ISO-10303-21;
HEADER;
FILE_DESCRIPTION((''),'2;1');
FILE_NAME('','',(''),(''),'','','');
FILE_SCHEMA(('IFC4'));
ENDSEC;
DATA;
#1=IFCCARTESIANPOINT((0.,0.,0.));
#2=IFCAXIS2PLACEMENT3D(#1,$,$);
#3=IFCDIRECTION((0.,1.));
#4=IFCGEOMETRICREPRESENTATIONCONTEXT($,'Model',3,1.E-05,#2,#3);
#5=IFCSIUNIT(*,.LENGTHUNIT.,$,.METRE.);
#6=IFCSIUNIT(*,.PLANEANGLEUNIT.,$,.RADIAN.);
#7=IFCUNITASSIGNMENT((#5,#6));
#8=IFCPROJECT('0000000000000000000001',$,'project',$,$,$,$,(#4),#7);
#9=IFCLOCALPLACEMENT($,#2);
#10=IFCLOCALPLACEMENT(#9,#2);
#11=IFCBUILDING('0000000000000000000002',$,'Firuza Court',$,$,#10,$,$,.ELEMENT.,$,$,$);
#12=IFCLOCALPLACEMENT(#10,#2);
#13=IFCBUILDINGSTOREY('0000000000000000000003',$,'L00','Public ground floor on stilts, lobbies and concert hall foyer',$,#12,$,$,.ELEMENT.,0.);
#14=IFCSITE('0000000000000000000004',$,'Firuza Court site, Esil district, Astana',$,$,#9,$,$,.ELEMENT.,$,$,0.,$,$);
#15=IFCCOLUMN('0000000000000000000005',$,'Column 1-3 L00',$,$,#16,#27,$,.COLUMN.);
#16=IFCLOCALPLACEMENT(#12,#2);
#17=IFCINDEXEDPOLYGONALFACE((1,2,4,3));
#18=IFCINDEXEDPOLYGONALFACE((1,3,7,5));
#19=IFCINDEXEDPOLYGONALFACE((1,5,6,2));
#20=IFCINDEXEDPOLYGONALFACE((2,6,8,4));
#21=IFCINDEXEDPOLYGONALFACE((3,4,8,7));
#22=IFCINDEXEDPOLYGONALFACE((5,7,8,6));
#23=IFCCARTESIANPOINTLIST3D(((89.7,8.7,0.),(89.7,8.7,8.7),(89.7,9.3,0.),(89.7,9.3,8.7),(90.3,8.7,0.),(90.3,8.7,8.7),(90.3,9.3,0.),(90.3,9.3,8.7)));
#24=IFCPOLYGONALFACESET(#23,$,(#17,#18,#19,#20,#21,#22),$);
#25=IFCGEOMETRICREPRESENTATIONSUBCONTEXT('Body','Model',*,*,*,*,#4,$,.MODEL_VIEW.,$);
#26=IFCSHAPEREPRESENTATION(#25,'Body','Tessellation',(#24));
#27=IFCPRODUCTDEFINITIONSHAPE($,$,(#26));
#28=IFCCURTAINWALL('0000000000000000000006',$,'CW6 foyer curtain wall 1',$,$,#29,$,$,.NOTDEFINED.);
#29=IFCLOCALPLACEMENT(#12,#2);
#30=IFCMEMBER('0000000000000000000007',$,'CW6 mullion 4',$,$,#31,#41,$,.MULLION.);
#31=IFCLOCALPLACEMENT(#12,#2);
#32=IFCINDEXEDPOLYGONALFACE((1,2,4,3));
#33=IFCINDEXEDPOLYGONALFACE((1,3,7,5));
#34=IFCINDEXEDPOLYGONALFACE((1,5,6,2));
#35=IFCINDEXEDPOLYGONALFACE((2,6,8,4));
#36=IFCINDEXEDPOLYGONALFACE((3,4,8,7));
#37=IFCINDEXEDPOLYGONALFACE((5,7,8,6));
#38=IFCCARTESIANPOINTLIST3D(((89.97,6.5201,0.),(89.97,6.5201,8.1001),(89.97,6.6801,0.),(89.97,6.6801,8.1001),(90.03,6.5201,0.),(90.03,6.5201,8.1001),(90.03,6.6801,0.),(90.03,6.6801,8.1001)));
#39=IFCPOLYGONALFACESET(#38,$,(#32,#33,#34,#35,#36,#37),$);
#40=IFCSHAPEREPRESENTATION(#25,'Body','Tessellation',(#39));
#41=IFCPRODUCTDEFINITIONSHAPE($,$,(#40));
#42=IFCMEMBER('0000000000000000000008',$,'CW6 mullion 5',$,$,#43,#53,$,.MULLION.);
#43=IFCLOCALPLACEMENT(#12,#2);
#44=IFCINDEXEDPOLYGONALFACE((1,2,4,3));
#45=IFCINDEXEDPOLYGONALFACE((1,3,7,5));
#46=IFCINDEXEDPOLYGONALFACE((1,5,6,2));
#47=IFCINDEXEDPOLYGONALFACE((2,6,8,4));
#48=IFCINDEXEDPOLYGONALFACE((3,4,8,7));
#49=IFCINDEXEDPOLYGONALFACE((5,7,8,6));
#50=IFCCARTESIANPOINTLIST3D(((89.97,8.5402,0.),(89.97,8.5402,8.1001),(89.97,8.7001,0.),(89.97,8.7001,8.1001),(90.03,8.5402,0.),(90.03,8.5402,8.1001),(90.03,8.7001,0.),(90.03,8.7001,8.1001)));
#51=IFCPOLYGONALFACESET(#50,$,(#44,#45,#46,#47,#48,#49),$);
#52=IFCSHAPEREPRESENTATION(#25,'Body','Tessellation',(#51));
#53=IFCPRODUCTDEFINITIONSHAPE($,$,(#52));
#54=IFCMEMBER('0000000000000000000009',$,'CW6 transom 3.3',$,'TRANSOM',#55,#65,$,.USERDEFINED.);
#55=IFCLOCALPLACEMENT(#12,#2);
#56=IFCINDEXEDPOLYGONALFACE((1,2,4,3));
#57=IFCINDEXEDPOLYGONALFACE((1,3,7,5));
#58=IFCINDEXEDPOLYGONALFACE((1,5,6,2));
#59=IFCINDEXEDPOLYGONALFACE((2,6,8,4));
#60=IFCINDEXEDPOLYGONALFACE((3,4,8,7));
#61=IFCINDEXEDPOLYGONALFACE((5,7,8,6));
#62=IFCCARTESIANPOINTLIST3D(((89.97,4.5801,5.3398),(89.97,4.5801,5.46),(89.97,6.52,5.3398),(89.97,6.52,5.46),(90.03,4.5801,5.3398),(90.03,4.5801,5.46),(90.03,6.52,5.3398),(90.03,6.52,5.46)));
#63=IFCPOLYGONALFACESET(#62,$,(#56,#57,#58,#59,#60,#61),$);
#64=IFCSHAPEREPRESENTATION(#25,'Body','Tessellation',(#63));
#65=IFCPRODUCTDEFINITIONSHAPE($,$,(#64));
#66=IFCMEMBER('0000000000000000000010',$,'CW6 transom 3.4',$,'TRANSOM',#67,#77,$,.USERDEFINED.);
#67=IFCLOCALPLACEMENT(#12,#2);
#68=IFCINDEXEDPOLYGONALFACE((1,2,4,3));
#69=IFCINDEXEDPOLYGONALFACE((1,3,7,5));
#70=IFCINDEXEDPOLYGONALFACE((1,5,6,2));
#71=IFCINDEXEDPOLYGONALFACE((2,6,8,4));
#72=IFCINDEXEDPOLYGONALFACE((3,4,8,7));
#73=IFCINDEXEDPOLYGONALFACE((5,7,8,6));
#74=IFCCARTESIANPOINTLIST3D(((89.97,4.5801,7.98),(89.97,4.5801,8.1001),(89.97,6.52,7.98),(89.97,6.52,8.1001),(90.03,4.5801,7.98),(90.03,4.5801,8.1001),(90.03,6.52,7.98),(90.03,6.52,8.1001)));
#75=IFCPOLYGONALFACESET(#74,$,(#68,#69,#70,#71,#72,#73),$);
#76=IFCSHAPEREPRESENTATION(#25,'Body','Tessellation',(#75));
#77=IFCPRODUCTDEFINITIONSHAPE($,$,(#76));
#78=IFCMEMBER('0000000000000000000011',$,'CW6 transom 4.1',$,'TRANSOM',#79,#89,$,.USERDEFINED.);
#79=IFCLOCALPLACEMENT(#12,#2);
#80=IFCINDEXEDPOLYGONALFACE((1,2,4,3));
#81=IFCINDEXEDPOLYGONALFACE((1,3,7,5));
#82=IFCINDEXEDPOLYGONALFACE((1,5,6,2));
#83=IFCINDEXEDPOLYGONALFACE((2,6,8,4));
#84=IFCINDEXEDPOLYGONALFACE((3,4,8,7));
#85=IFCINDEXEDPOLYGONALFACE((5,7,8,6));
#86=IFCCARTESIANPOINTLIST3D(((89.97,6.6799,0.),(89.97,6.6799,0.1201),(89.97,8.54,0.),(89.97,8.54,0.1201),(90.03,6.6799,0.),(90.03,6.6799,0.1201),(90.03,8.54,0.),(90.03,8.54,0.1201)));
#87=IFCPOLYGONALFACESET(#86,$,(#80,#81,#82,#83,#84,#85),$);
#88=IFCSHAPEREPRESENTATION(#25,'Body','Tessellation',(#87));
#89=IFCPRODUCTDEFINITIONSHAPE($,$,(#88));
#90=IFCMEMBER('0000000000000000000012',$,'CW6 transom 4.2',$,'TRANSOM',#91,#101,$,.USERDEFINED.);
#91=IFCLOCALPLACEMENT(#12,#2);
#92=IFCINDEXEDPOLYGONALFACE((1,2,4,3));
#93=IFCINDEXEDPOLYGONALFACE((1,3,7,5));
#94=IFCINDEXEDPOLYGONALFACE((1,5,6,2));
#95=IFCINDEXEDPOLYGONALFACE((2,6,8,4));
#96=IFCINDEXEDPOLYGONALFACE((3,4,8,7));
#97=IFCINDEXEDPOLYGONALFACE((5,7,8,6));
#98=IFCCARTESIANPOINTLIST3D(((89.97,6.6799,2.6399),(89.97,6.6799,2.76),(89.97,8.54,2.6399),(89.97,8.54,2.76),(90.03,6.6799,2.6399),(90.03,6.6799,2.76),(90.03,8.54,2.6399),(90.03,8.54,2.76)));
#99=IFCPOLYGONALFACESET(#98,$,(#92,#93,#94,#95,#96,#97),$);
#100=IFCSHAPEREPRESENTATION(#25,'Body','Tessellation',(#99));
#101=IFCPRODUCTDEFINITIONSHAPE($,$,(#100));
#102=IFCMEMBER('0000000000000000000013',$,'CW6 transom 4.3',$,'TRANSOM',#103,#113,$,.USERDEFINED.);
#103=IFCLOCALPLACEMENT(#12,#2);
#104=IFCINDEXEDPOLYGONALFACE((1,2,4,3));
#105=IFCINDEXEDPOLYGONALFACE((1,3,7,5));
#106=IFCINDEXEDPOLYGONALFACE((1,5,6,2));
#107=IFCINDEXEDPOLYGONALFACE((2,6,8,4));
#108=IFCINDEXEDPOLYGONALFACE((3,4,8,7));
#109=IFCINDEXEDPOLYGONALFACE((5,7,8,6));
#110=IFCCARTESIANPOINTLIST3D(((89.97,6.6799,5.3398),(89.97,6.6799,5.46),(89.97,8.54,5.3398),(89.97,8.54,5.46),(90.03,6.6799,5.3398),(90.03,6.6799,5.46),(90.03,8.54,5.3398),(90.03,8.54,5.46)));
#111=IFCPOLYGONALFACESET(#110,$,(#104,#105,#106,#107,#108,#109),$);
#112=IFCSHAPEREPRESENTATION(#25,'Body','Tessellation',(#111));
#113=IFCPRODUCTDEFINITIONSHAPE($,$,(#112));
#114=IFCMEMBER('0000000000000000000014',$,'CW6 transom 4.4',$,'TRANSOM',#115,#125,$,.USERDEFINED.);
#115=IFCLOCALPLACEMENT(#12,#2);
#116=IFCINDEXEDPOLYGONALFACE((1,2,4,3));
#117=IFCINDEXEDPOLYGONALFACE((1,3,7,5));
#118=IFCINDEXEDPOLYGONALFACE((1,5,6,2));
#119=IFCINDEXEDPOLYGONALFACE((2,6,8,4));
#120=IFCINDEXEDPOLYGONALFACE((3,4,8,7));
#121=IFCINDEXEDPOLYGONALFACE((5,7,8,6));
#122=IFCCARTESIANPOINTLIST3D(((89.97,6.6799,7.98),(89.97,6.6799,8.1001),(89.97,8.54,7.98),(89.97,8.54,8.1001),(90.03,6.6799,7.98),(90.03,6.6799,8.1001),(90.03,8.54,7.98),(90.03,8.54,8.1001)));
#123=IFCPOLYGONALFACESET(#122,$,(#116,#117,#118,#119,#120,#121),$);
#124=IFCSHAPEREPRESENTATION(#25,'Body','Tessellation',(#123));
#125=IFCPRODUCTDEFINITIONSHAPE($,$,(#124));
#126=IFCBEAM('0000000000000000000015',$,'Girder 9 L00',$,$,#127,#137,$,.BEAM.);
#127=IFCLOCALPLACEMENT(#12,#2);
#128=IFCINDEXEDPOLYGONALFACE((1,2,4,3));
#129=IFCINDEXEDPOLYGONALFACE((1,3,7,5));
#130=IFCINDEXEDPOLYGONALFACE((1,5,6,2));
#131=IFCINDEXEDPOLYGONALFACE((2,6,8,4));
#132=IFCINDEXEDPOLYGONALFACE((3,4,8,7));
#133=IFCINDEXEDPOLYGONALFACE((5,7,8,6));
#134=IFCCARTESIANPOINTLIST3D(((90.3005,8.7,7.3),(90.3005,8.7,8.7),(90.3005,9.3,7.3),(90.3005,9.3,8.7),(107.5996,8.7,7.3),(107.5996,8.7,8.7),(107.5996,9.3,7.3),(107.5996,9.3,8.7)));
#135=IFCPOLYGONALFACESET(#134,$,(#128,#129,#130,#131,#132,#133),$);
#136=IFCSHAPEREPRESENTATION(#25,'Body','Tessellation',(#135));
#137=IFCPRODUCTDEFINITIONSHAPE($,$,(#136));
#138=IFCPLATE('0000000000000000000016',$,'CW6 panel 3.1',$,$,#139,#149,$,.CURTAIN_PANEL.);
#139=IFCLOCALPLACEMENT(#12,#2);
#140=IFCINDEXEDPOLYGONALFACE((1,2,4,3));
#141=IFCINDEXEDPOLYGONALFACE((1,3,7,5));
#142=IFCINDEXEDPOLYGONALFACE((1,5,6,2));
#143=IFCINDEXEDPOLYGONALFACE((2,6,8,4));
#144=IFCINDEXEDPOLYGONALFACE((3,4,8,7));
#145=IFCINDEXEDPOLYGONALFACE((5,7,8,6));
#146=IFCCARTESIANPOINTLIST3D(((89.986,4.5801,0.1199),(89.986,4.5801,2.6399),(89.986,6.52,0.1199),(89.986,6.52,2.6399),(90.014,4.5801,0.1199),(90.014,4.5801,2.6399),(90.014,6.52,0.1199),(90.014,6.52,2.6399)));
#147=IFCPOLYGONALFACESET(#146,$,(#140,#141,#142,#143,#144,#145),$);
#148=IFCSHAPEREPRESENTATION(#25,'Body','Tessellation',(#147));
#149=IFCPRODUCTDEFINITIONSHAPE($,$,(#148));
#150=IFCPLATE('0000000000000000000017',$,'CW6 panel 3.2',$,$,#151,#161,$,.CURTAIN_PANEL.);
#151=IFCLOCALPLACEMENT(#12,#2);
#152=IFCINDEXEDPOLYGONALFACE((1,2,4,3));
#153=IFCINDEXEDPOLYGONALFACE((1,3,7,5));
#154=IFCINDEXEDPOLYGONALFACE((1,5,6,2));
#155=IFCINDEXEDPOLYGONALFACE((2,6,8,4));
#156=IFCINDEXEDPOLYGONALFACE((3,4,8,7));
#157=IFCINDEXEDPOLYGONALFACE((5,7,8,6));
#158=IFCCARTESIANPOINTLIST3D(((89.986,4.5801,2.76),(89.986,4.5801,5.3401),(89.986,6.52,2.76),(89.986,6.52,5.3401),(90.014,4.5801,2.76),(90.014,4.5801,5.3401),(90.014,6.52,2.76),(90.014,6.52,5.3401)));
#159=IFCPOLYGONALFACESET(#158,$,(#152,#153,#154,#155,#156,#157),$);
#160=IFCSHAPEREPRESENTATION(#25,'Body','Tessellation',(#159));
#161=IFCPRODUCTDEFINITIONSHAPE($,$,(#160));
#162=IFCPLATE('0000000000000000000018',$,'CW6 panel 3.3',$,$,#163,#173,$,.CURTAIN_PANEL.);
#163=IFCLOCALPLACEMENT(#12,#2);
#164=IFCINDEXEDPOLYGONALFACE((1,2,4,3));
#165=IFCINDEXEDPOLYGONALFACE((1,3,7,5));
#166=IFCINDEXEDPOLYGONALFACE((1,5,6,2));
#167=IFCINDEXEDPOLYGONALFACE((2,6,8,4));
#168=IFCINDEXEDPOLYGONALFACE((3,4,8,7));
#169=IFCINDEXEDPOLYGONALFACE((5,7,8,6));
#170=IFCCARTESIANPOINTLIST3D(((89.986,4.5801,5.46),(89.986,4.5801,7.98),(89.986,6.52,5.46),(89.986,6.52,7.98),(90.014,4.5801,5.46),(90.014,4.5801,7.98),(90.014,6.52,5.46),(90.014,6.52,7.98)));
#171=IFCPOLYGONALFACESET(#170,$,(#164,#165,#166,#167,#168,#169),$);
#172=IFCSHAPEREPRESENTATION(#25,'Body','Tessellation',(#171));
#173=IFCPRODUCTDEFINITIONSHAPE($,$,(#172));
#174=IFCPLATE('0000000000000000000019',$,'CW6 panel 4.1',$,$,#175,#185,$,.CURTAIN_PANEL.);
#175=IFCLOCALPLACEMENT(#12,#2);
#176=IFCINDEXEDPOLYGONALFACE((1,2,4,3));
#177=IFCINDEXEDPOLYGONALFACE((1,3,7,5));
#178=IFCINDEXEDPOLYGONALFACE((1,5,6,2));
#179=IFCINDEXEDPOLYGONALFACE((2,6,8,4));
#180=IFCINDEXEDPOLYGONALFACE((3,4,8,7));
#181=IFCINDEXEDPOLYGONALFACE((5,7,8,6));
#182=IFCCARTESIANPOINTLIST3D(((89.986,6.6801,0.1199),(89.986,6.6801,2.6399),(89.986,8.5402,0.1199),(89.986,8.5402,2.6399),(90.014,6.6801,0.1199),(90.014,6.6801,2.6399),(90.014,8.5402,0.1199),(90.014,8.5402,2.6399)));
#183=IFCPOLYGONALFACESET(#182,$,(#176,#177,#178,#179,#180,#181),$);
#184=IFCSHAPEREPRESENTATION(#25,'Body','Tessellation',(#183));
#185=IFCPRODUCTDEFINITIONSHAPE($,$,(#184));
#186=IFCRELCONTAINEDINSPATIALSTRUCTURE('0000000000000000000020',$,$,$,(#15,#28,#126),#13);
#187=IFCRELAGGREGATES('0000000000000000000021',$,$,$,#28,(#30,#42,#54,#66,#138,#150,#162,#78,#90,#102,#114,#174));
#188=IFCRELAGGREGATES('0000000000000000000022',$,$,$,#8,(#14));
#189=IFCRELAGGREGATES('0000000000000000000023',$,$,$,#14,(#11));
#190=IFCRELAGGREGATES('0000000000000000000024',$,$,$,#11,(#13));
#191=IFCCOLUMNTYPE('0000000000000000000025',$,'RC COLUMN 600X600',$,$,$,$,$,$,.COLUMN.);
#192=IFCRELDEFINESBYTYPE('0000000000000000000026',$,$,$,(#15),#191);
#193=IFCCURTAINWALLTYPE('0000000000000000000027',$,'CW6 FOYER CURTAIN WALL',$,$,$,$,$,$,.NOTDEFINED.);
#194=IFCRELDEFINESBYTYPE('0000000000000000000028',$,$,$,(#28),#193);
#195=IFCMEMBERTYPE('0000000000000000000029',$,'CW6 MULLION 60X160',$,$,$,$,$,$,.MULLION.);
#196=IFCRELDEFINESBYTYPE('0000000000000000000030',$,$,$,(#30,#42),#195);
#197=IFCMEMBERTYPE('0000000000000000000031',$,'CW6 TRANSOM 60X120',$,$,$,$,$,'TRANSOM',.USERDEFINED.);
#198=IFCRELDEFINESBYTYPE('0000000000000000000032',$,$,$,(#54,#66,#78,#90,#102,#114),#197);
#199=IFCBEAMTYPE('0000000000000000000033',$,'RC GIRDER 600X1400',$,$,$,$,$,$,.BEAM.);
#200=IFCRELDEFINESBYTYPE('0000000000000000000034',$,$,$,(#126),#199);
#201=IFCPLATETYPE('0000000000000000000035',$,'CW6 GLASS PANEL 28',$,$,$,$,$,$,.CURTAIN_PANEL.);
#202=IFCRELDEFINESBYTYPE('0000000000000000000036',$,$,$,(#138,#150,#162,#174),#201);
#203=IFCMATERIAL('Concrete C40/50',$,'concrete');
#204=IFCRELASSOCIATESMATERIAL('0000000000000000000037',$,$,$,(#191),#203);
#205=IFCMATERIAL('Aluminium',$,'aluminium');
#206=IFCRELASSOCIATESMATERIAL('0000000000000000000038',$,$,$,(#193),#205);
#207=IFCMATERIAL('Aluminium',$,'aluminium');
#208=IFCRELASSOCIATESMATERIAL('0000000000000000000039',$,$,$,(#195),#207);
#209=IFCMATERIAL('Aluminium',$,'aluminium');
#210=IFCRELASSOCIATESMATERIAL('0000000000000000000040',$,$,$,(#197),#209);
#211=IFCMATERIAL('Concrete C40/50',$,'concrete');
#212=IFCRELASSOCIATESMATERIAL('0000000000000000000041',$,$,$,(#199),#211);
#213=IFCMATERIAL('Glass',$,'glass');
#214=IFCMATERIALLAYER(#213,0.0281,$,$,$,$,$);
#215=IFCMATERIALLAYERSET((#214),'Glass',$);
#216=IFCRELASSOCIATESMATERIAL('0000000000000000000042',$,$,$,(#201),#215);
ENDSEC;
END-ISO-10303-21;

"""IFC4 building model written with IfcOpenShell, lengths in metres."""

from ifc_helpers import new_model, si_unit, direction, frame, origin, origin_2d, place, context, subcontext, project, spatial, rectangle, extrude, material, layer, layer_set, material_profile, profile_set, type_object, element, aggregate, save


model = new_model("IFC4")

# Units and contexts
model_context = context("Model", 3, precision=1e-05, world=origin(), true_north=direction((0.0, 1.0)))
body_context = subcontext(model_context, "Body", "Model", "MODEL_VIEW")
ifc_project = project(units=[si_unit("LENGTHUNIT", "METRE"), si_unit("PLANEANGLEUNIT", "RADIAN")], contexts=[model_context])

# Site, building, storey
site_placement = place(None, origin())
site = spatial("IfcSite", under=ifc_project, at=site_placement, Name="Firuza Court site, Esil district, Astana", CompositionType="ELEMENT", RefElevation=0.0)
building_placement = place(site_placement, origin())
building = spatial("IfcBuilding", under=site, at=building_placement, Name="Firuza Court", CompositionType="ELEMENT")
storey_placement = place(building_placement, origin())
storey = spatial("IfcBuildingStorey", under=building, at=storey_placement, Name="L00", Description="Public ground floor on stilts, lobbies and concert hall foyer", CompositionType="ELEMENT", Elevation=0.0)

# Column
ifc_material_1 = material(Name="Concrete C40/50", Category="concrete")
ifc_material_profile_1 = material_profile(ifc_material_1, rectangle(XDim=0.6001, YDim=0.6001, at=origin_2d()), Name="RC 600X600")
ifc_profile_set_1 = profile_set([ifc_material_profile_1], Name="Concrete C40/50")
column_type = type_object("IfcColumnType", Name="RC COLUMN 600X600", PredefinedType="COLUMN", material=ifc_profile_set_1)
column_placement = place(storey_placement, frame((90.0, 9.0, 0.0), z_axis=(0.0, 0.0, 1.0), x_axis=(1.0, 0.0, 0.0)))
element("IfcColumn", 1, at=column_placement, inside=storey, type_object=column_type, Name="Column 1-3 L00", PredefinedType="COLUMN", context=body_context, shape_type="SweptSolid", body=[
    extrude(rectangle(XDim=0.6001, YDim=0.6001, at=origin_2d()), origin(), (0.0, 0.0, 1.0), 8.7),
])

# Curtain wall, members
ifc_material_2 = material(Name="Aluminium", Category="aluminium")
curtain_wall_type = type_object("IfcCurtainWallType", Name="CW6 FOYER CURTAIN WALL", PredefinedType="NOTDEFINED", material=ifc_material_2)
curtain_wall_placement = place(storey_placement, origin())
curtain_wall = element("IfcCurtainWall", 2, at=curtain_wall_placement, inside=storey, type_object=curtain_wall_type, Name="CW6 foyer curtain wall 1", PredefinedType="NOTDEFINED")
ifc_material_3 = material(Name="Aluminium", Category="aluminium")
ifc_material_profile_2 = material_profile(ifc_material_3, rectangle(XDim=0.0601, YDim=0.1599, at=origin_2d()), Name="MULLION 60X160")
ifc_profile_set_2 = profile_set([ifc_material_profile_2], Name="Aluminium")
member_type_1 = type_object("IfcMemberType", Name="CW6 MULLION 60X160", PredefinedType="MULLION", material=ifc_profile_set_2)
member_1_placement = place(storey_placement, frame((90.0, 6.6001, 0.0), z_axis=(0.0, 0.0, 1.0), x_axis=(-1.0, 0.0, 0.0)))
member_1 = element("IfcMember", 3, at=member_1_placement, type_object=member_type_1, Name="CW6 mullion 4", PredefinedType="MULLION", context=body_context, shape_type="SweptSolid", body=[
    extrude(rectangle(XDim=0.0601, YDim=0.1599, at=origin_2d()), origin(), (0.0, 0.0, 1.0), 8.1001),
])
member_2_placement = place(storey_placement, frame((90.0, 8.6201, 0.0), z_axis=(0.0, 0.0, 1.0), x_axis=(-1.0, 0.0, 0.0)))
member_2 = element("IfcMember", 4, at=member_2_placement, type_object=member_type_1, Name="CW6 mullion 5", PredefinedType="MULLION", context=body_context, shape_type="SweptSolid", body=[
    extrude(rectangle(XDim=0.0601, YDim=0.1599, at=origin_2d()), origin(), (0.0, 0.0, 1.0), 8.1001),
])
ifc_material_4 = material(Name="Aluminium", Category="aluminium")
ifc_material_profile_3 = material_profile(ifc_material_4, rectangle(XDim=0.0601, YDim=0.1201, at=origin_2d()), Name="TRANSOM 60X120")
ifc_profile_set_3 = profile_set([ifc_material_profile_3], Name="Aluminium")
member_type_2 = type_object("IfcMemberType", Name="CW6 TRANSOM 60X120", ElementType="TRANSOM", PredefinedType="USERDEFINED", material=ifc_profile_set_3)
member_3_placement = place(storey_placement, frame((90.0, 4.5801, 5.3999), z_axis=(0.0, 1.0, 0.0), x_axis=(-1.0, 0.0, 0.0)))
member_3 = element("IfcMember", 5, at=member_3_placement, type_object=member_type_2, Name="CW6 transom 3.3", ObjectType="TRANSOM", PredefinedType="USERDEFINED", context=body_context, shape_type="SweptSolid", body=[
    extrude(rectangle(XDim=0.0601, YDim=0.1201, at=origin_2d()), origin(), (0.0, 0.0, 1.0), 1.9399),
])
member_4_placement = place(storey_placement, frame((90.0, 4.5801, 8.04), z_axis=(0.0, 1.0, 0.0), x_axis=(-1.0, 0.0, 0.0)))
member_4 = element("IfcMember", 6, at=member_4_placement, type_object=member_type_2, Name="CW6 transom 3.4", ObjectType="TRANSOM", PredefinedType="USERDEFINED", context=body_context, shape_type="SweptSolid", body=[
    extrude(rectangle(XDim=0.0601, YDim=0.1201, at=origin_2d()), origin(), (0.0, 0.0, 1.0), 1.9399),
])
member_5_placement = place(storey_placement, frame((90.0, 6.6799, 0.0601), z_axis=(0.0, 1.0, 0.0), x_axis=(-1.0, 0.0, 0.0)))
member_5 = element("IfcMember", 7, at=member_5_placement, type_object=member_type_2, Name="CW6 transom 4.1", ObjectType="TRANSOM", PredefinedType="USERDEFINED", context=body_context, shape_type="SweptSolid", body=[
    extrude(rectangle(XDim=0.0601, YDim=0.1201, at=origin_2d()), origin(), (0.0, 0.0, 1.0), 1.8601),
])
member_6_placement = place(storey_placement, frame((90.0, 6.6799, 2.7), z_axis=(0.0, 1.0, 0.0), x_axis=(-1.0, 0.0, 0.0)))
member_6 = element("IfcMember", 8, at=member_6_placement, type_object=member_type_2, Name="CW6 transom 4.2", ObjectType="TRANSOM", PredefinedType="USERDEFINED", context=body_context, shape_type="SweptSolid", body=[
    extrude(rectangle(XDim=0.0601, YDim=0.1201, at=origin_2d()), origin(), (0.0, 0.0, 1.0), 1.8601),
])
member_7_placement = place(storey_placement, frame((90.0, 6.6799, 5.3999), z_axis=(0.0, 1.0, 0.0), x_axis=(-1.0, 0.0, 0.0)))
member_7 = element("IfcMember", 9, at=member_7_placement, type_object=member_type_2, Name="CW6 transom 4.3", ObjectType="TRANSOM", PredefinedType="USERDEFINED", context=body_context, shape_type="SweptSolid", body=[
    extrude(rectangle(XDim=0.0601, YDim=0.1201, at=origin_2d()), origin(), (0.0, 0.0, 1.0), 1.8601),
])
member_8_placement = place(storey_placement, frame((90.0, 6.6799, 8.04), z_axis=(0.0, 1.0, 0.0), x_axis=(-1.0, 0.0, 0.0)))
member_8 = element("IfcMember", 10, at=member_8_placement, type_object=member_type_2, Name="CW6 transom 4.4", ObjectType="TRANSOM", PredefinedType="USERDEFINED", context=body_context, shape_type="SweptSolid", body=[
    extrude(rectangle(XDim=0.0601, YDim=0.1201, at=origin_2d()), origin(), (0.0, 0.0, 1.0), 1.8601),
])

# Beam
ifc_material_5 = material(Name="Concrete C40/50", Category="concrete")
ifc_material_profile_4 = material_profile(ifc_material_5, rectangle(XDim=0.6001, YDim=1.3999, at=origin_2d()), Name="RC 600X1400")
ifc_profile_set_4 = profile_set([ifc_material_profile_4], Name="Concrete C40/50")
beam_type = type_object("IfcBeamType", Name="RC GIRDER 600X1400", PredefinedType="BEAM", material=ifc_profile_set_4)
beam_placement = place(storey_placement, frame((90.3005, 9.0, 8.0), z_axis=(1.0, 0.0, 0.0), x_axis=(0.0, 1.0, 0.0)))
element("IfcBeam", 11, at=beam_placement, inside=storey, type_object=beam_type, Name="Girder 9 L00", PredefinedType="BEAM", context=body_context, shape_type="SweptSolid", body=[
    extrude(rectangle(XDim=0.6001, YDim=1.3999, at=origin_2d()), origin(), (0.0, 0.0, 1.0), 17.2991),
])

# Plates
ifc_material_6 = material(Name="Glass", Category="glass")
ifc_layer_1 = layer(ifc_material_6, 0.0281)
ifc_layer_set_1 = layer_set([ifc_layer_1], Name="Glass")
plate_type = type_object("IfcPlateType", Name="CW6 GLASS PANEL 28", PredefinedType="CURTAIN_PANEL", material=ifc_layer_set_1)
plate_1_placement = place(storey_placement, frame((90.0, 5.55, 0.1199), z_axis=(0.0, 0.0, 1.0), x_axis=(0.0, 1.0, 0.0)))
plate_1 = element("IfcPlate", 12, at=plate_1_placement, type_object=plate_type, Name="CW6 panel 3.1", PredefinedType="CURTAIN_PANEL", context=body_context, shape_type="SweptSolid", body=[
    extrude(rectangle(XDim=1.9399, YDim=0.0281, at=origin_2d()), origin(), (0.0, 0.0, 1.0), 2.52),
])
plate_2_placement = place(storey_placement, frame((90.0, 5.55, 2.76), z_axis=(0.0, 0.0, 1.0), x_axis=(0.0, 1.0, 0.0)))
plate_2 = element("IfcPlate", 13, at=plate_2_placement, type_object=plate_type, Name="CW6 panel 3.2", PredefinedType="CURTAIN_PANEL", context=body_context, shape_type="SweptSolid", body=[
    extrude(rectangle(XDim=1.9399, YDim=0.0281, at=origin_2d()), origin(), (0.0, 0.0, 1.0), 2.5801),
])
plate_3_placement = place(storey_placement, frame((90.0, 5.55, 5.46), z_axis=(0.0, 0.0, 1.0), x_axis=(0.0, 1.0, 0.0)))
plate_3 = element("IfcPlate", 14, at=plate_3_placement, type_object=plate_type, Name="CW6 panel 3.3", PredefinedType="CURTAIN_PANEL", context=body_context, shape_type="SweptSolid", body=[
    extrude(rectangle(XDim=1.9399, YDim=0.0281, at=origin_2d()), origin(), (0.0, 0.0, 1.0), 2.52),
])
plate_4_placement = place(storey_placement, frame((90.0, 7.6101, 0.1199), z_axis=(0.0, 0.0, 1.0), x_axis=(0.0, 1.0, 0.0)))
plate_4 = element("IfcPlate", 15, at=plate_4_placement, type_object=plate_type, Name="CW6 panel 4.1", PredefinedType="CURTAIN_PANEL", context=body_context, shape_type="SweptSolid", body=[
    extrude(rectangle(XDim=1.8601, YDim=0.0281, at=origin_2d()), origin(), (0.0, 0.0, 1.0), 2.52),
])
aggregate(curtain_wall, [member_1, member_2, member_3, member_4, plate_1, plate_2, plate_3, member_5, member_6, member_7, member_8, plate_4])

save(model, "model.ifc")
